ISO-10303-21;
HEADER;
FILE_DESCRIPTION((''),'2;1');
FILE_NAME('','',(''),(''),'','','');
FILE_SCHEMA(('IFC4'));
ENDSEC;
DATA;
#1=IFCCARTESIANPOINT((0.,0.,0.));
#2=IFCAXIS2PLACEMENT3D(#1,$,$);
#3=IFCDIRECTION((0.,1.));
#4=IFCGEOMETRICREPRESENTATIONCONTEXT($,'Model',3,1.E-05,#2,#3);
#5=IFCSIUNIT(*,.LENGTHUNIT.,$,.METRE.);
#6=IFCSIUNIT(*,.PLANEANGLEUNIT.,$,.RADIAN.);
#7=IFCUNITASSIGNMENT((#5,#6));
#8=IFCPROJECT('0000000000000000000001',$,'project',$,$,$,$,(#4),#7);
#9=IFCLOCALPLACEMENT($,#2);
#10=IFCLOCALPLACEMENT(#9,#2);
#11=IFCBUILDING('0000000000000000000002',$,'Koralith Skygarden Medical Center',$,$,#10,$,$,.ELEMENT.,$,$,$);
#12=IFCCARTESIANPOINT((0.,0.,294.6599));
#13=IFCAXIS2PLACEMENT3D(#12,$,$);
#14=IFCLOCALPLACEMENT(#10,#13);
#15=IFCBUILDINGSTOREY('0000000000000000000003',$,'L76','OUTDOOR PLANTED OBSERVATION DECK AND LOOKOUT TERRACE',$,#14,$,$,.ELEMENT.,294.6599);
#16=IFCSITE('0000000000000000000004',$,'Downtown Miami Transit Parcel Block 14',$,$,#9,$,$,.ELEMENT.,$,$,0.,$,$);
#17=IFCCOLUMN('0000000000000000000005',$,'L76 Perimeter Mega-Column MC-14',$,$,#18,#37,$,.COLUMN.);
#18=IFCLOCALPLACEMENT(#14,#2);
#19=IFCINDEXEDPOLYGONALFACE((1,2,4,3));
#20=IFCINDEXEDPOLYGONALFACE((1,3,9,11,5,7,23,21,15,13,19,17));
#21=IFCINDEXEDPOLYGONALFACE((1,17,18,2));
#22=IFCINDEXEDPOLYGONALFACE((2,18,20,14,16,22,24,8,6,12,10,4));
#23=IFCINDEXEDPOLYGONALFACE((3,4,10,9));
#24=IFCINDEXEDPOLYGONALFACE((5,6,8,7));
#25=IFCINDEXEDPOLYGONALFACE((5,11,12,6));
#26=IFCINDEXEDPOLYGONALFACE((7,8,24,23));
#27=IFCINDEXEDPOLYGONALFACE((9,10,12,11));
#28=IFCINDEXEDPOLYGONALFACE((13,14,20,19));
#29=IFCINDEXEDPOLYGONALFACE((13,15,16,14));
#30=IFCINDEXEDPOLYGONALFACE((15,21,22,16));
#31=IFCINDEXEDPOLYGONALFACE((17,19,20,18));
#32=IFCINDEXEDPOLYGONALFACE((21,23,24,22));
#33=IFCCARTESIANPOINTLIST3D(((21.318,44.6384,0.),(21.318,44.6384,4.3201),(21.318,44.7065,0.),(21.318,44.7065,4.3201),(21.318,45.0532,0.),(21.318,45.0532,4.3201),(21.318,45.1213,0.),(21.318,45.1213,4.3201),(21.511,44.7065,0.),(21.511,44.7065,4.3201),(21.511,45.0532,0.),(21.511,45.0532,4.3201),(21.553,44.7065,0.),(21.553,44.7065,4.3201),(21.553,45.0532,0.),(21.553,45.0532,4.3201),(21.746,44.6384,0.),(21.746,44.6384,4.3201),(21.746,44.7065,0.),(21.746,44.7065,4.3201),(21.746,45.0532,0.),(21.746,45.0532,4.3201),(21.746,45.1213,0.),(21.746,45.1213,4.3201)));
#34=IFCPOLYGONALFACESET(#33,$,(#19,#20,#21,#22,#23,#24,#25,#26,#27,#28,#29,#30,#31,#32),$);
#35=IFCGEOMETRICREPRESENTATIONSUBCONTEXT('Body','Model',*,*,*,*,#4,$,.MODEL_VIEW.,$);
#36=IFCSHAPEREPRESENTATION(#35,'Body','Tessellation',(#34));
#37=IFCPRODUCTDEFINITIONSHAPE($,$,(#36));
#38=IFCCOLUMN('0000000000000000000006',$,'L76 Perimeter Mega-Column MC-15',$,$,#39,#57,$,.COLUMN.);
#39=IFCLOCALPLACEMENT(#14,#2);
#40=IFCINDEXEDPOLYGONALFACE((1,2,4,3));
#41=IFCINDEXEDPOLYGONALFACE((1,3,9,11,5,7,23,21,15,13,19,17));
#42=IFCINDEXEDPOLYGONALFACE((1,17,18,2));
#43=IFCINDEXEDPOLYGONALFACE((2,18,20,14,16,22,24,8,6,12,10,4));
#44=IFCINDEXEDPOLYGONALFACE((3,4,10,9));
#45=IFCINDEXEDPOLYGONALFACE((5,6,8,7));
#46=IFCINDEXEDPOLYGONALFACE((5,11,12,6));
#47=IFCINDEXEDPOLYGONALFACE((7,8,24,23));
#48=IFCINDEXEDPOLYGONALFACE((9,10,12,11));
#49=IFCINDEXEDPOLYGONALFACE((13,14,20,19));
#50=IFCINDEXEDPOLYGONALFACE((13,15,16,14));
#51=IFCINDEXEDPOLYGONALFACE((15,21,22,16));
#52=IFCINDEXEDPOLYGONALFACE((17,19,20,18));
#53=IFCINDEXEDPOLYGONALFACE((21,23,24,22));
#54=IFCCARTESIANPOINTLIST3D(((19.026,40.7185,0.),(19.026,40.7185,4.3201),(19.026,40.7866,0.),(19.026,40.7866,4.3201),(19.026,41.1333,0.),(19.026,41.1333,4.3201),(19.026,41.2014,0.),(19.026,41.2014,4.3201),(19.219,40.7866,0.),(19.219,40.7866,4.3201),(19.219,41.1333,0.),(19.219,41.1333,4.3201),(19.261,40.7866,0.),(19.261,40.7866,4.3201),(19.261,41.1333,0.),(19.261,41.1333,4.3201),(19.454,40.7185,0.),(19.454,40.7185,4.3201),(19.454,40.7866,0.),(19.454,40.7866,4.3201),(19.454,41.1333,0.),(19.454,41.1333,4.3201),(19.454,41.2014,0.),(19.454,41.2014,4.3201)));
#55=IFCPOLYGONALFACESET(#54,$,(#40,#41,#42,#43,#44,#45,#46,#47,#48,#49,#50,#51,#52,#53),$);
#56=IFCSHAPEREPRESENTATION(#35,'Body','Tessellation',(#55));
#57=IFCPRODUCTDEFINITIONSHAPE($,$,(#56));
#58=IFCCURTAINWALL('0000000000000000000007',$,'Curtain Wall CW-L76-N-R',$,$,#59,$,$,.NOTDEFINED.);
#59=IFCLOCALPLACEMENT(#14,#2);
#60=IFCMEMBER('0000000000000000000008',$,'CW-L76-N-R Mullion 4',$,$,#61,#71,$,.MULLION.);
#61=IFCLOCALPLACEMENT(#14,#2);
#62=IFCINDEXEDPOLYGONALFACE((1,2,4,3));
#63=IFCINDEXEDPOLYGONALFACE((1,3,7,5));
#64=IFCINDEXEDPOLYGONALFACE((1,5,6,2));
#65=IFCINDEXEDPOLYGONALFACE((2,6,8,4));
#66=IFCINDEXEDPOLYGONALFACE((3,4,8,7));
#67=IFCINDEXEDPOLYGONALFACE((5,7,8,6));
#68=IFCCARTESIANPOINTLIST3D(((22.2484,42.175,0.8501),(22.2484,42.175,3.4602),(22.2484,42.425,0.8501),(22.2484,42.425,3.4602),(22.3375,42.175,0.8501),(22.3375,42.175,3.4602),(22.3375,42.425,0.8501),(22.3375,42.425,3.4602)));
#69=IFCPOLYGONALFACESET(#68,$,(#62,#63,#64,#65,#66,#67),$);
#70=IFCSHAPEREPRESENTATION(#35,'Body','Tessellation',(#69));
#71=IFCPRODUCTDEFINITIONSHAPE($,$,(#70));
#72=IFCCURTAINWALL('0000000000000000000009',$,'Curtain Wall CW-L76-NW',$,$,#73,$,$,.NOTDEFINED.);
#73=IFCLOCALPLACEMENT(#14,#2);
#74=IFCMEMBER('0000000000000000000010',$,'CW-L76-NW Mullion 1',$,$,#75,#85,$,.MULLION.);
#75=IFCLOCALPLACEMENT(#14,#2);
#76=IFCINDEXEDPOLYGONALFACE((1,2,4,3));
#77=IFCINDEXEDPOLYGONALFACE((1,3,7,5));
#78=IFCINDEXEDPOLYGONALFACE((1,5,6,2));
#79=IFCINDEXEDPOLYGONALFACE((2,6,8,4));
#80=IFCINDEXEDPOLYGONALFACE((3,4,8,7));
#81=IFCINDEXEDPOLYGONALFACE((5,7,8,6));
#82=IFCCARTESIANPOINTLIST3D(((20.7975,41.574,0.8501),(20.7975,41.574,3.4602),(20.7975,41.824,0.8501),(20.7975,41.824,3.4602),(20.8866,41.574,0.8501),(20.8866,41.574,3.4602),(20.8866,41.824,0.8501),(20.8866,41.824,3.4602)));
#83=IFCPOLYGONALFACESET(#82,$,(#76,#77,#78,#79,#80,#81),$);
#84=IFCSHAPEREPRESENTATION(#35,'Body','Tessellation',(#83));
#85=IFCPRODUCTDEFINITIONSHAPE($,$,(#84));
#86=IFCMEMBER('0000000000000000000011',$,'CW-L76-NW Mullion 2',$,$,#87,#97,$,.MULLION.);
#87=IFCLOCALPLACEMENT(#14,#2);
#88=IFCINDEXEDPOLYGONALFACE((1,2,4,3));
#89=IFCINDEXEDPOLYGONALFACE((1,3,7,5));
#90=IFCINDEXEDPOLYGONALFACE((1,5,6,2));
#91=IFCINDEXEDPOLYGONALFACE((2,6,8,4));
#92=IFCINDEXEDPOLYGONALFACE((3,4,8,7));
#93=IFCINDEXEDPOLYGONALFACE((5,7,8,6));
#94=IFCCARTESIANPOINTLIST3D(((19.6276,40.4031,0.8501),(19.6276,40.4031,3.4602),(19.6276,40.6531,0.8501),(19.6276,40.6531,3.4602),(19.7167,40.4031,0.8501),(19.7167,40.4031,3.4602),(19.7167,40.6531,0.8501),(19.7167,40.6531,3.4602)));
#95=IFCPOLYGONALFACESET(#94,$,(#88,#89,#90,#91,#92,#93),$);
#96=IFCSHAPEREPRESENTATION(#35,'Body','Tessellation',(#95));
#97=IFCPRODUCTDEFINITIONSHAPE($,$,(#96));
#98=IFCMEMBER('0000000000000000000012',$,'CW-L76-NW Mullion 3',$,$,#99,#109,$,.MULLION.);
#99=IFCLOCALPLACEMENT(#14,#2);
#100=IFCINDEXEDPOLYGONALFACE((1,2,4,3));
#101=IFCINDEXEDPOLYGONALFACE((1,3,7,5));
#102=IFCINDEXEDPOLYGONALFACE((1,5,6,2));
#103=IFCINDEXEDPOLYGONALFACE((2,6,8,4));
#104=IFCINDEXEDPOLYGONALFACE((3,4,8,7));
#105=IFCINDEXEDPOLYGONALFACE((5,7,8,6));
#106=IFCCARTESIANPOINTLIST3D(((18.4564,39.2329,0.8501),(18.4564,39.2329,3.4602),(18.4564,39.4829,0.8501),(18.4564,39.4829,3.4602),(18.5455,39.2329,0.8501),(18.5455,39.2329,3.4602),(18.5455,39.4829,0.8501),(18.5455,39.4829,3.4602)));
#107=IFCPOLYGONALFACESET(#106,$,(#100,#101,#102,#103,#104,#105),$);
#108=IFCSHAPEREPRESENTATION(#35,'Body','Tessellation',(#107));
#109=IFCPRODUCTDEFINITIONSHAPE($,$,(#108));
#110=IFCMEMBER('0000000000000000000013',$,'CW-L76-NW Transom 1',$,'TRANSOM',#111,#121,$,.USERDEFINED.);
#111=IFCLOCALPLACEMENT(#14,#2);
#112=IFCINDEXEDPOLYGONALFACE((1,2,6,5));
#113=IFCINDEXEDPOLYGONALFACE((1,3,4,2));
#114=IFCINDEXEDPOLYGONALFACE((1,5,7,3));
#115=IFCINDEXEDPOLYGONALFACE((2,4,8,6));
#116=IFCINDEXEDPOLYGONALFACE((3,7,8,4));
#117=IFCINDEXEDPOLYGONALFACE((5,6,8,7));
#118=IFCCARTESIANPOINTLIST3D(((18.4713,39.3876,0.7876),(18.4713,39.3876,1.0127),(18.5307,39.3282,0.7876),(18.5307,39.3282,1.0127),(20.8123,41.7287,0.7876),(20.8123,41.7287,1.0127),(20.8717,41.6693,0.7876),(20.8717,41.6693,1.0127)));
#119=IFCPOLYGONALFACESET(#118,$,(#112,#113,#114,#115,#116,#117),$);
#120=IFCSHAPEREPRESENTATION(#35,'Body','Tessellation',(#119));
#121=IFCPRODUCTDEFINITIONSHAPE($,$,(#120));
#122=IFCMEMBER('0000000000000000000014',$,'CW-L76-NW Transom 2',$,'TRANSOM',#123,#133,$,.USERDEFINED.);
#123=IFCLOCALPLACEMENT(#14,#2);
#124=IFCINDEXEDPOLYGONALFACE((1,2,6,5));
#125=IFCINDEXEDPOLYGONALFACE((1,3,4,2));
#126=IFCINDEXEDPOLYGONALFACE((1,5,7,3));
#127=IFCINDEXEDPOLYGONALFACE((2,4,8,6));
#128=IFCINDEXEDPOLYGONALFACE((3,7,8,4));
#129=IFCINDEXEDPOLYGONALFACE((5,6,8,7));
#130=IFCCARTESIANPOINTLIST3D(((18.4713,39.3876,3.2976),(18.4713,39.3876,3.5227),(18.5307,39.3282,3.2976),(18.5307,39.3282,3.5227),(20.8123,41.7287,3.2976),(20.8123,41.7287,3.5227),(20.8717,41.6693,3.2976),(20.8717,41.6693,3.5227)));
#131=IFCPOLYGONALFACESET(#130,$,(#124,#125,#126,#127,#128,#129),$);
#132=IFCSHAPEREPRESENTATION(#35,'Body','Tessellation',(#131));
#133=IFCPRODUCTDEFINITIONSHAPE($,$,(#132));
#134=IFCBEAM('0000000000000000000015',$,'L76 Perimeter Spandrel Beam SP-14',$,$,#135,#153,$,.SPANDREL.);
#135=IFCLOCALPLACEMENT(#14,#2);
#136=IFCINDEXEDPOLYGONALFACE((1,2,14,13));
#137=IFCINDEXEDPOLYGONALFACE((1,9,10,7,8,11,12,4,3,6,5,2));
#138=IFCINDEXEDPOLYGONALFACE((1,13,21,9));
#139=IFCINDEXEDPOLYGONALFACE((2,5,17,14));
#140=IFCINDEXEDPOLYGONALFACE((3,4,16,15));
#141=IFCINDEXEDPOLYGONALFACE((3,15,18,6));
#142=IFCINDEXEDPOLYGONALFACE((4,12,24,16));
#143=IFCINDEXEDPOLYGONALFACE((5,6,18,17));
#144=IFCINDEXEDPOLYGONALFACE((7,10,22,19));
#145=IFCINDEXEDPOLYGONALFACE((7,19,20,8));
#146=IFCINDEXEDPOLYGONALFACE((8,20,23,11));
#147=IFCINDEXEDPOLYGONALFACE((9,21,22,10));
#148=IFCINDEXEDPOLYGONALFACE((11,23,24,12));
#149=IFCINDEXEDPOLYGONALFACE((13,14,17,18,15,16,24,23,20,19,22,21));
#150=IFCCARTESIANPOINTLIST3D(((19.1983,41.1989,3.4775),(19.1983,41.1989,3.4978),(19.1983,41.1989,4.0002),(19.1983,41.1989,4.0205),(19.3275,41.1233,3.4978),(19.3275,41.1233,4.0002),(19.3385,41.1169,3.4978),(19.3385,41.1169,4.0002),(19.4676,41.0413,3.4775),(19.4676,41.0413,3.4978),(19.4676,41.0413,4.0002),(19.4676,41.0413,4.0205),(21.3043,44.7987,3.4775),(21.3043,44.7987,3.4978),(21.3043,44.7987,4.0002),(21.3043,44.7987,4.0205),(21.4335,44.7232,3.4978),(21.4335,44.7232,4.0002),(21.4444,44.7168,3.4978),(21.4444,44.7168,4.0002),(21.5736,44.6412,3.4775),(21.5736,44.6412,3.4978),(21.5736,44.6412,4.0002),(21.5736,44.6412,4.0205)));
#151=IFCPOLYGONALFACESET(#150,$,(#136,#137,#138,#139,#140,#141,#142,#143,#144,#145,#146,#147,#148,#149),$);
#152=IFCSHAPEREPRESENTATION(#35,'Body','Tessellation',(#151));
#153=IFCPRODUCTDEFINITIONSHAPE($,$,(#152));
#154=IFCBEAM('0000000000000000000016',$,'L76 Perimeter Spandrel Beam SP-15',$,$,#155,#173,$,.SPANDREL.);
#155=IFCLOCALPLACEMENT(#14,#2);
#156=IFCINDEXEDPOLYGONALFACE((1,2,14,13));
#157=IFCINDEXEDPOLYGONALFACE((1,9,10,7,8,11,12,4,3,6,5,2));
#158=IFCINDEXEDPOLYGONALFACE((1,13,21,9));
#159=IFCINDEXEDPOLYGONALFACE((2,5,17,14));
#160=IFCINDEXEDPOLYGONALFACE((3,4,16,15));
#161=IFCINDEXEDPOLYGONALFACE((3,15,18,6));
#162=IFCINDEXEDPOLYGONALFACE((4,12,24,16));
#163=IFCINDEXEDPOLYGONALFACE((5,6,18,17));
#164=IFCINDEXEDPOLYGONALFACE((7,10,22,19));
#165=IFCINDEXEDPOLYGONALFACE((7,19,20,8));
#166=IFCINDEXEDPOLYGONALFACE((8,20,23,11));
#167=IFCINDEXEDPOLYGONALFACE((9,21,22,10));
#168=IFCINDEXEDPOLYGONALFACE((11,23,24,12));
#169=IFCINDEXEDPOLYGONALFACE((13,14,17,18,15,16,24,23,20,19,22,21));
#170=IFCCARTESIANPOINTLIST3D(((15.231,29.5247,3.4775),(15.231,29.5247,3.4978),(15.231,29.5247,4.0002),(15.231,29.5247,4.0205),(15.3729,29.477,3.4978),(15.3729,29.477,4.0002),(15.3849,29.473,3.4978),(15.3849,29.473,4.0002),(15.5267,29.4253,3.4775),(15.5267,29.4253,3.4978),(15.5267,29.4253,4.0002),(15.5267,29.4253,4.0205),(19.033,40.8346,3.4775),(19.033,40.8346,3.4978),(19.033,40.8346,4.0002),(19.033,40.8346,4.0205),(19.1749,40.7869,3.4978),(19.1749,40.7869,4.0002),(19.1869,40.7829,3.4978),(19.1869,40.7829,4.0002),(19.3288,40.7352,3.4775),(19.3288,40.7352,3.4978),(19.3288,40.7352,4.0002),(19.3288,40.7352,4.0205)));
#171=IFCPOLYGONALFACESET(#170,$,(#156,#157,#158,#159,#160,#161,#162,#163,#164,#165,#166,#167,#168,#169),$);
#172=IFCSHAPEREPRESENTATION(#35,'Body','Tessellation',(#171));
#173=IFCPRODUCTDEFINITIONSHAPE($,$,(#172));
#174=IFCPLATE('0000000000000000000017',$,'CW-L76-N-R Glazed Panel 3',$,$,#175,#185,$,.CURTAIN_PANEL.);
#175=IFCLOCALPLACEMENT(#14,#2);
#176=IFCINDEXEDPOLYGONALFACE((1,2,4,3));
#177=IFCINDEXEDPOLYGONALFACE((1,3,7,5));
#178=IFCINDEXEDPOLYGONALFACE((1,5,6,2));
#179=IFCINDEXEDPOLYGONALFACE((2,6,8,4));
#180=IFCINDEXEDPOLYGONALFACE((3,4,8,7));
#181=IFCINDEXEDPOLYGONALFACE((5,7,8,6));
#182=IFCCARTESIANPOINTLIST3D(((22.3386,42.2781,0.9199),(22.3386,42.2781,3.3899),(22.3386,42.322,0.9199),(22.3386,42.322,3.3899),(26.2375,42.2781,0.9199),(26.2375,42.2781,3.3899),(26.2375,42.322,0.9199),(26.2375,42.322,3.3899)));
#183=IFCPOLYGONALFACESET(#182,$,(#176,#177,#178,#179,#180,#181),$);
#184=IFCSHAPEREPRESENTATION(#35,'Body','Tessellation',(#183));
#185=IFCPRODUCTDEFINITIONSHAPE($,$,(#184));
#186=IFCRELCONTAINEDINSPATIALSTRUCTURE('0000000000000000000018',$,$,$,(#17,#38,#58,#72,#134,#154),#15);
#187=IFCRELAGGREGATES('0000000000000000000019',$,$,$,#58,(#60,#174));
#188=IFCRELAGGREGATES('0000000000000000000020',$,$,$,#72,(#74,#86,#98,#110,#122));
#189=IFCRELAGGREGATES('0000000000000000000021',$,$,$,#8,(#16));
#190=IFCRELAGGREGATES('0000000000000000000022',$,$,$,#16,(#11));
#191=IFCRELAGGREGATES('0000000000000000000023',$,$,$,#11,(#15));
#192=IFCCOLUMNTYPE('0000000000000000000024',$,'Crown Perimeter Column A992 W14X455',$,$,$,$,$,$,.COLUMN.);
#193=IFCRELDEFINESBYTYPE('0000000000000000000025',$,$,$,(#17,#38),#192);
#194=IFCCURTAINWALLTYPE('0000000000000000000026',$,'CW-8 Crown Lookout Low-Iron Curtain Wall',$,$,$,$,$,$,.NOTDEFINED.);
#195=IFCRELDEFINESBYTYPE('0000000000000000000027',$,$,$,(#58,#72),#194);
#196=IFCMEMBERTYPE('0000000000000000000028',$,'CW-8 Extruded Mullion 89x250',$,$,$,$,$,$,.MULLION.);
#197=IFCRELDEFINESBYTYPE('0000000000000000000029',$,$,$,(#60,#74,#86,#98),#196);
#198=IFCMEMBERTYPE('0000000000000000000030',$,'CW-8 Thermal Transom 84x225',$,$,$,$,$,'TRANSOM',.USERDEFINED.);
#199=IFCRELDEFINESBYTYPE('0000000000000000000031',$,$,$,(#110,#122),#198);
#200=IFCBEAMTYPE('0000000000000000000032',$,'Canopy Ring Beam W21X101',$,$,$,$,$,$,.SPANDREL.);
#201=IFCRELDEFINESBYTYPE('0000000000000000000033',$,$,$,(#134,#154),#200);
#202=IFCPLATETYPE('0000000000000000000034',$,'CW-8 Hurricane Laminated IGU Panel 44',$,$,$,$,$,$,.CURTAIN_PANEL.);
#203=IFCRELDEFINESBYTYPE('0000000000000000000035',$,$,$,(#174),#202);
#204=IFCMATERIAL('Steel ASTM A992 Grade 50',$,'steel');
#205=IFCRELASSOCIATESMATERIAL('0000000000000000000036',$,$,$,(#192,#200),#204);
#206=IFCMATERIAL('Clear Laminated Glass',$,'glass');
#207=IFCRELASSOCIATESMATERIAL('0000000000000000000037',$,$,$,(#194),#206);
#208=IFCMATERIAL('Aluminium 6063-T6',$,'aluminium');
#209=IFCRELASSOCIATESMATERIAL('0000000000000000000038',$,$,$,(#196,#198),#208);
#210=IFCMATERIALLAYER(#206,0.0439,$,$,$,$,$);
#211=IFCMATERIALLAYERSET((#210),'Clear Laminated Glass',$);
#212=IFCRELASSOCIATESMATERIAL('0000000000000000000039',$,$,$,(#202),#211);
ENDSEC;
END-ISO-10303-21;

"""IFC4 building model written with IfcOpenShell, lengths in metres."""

from ifc_helpers import new_model, si_unit, direction, frame, origin, origin_2d, place, context, subcontext, project, spatial, rectangle, i_section, extrude, material, layer, layer_set, material_profile, profile_set, type_object, element, aggregate, save


model = new_model("IFC4")

# Units and contexts
model_context = context("Model", 3, precision=1e-05, world=origin(), true_north=direction((0.0, 1.0)))
body_context = subcontext(model_context, "Body", "Model", "MODEL_VIEW")
ifc_project = project(units=[si_unit("LENGTHUNIT", "METRE"), si_unit("PLANEANGLEUNIT", "RADIAN")], contexts=[model_context])

# Site, building, storey
site_placement = place(None, origin())
site = spatial("IfcSite", under=ifc_project, at=site_placement, Name="Downtown Miami Transit Parcel Block 14", CompositionType="ELEMENT", RefElevation=0.0)
building_placement = place(site_placement, origin())
building = spatial("IfcBuilding", under=site, at=building_placement, Name="Koralith Skygarden Medical Center", CompositionType="ELEMENT")
storey_placement = place(building_placement, frame((0.0, 0.0, 294.6599)))
storey = spatial("IfcBuildingStorey", under=building, at=storey_placement, Name="L76", Description="OUTDOOR PLANTED OBSERVATION DECK AND LOOKOUT TERRACE", CompositionType="ELEMENT", Elevation=294.6599)

# Columns
ifc_material_1 = material(Name="Steel ASTM A992 Grade 50", Category="steel")
ifc_material_profile_1 = material_profile(ifc_material_1, i_section(OverallWidth=0.428, OverallDepth=0.4829, WebThickness=0.042, FlangeThickness=0.0681, at=origin_2d()), Name="W14X455")
ifc_profile_set_1 = profile_set([ifc_material_profile_1], Name="Steel ASTM A992 Grade 50")
column_type = type_object("IfcColumnType", Name="Crown Perimeter Column A992 W14X455", PredefinedType="COLUMN", material=ifc_profile_set_1)
for number, where, z_axis, x_axis, name in (
    (1, (21.532, 44.8799, 0.0), (0.0, 0.0, 1.0), (1.0, 0.0, 0.0), "L76 Perimeter Mega-Column MC-14"),
    (2, (19.24, 40.96, 0.0), (0.0, 0.0, 1.0), (1.0, 0.0, 0.0), "L76 Perimeter Mega-Column MC-15"),
):
    element("IfcColumn", number, at=place(storey_placement, frame(where, z_axis=z_axis, x_axis=x_axis)), inside=storey, type_object=column_type, Name=name, PredefinedType="COLUMN", context=body_context, shape_type="SweptSolid", body=[
        extrude(i_section(OverallWidth=0.428, OverallDepth=0.4829, WebThickness=0.042, FlangeThickness=0.0681, at=origin_2d()), origin(), (0.0, 0.0, 1.0), 4.3201),
    ])

# Curtain wall, member
ifc_material_2 = material(Name="Clear Laminated Glass", Category="glass")
curtain_wall_type = type_object("IfcCurtainWallType", Name="CW-8 Crown Lookout Low-Iron Curtain Wall", PredefinedType="NOTDEFINED", material=ifc_material_2)
curtain_wall_1_placement = place(storey_placement, origin())
curtain_wall_1 = element("IfcCurtainWall", 3, at=curtain_wall_1_placement, inside=storey, type_object=curtain_wall_type, Name="Curtain Wall CW-L76-N-R", PredefinedType="NOTDEFINED")
ifc_material_3 = material(Name="Aluminium 6063-T6", Category="aluminium")
ifc_material_profile_2 = material_profile(ifc_material_3, rectangle(XDim=0.0891, YDim=0.25, at=origin_2d()), Name="MUL89X250")
ifc_profile_set_2 = profile_set([ifc_material_profile_2], Name="Aluminium 6063-T6")
member_type_1 = type_object("IfcMemberType", Name="CW-8 Extruded Mullion 89x250", PredefinedType="MULLION", material=ifc_profile_set_2)
member_1_placement = place(storey_placement, frame((22.293, 42.3, 0.8501), z_axis=(0.0, 0.0, 1.0), x_axis=(1.0, 0.0, 0.0)))
member_1 = element("IfcMember", 4, at=member_1_placement, type_object=member_type_1, Name="CW-L76-N-R Mullion 4", PredefinedType="MULLION", context=body_context, shape_type="SweptSolid", body=[
    extrude(rectangle(XDim=0.0891, YDim=0.25, at=origin_2d()), origin(), (0.0, 0.0, 1.0), 2.6101),
])

# Curtain wall, members
curtain_wall_2_placement = place(storey_placement, origin())
curtain_wall_2 = element("IfcCurtainWall", 5, at=curtain_wall_2_placement, inside=storey, type_object=curtain_wall_type, Name="Curtain Wall CW-L76-NW", PredefinedType="NOTDEFINED")
member_2_placement = place(storey_placement, frame((20.842, 41.699, 0.8501), z_axis=(0.0, 0.0, 1.0), x_axis=(1.0, 0.0, 0.0)))
member_2 = element("IfcMember", 6, at=member_2_placement, type_object=member_type_1, Name="CW-L76-NW Mullion 1", PredefinedType="MULLION", context=body_context, shape_type="SweptSolid", body=[
    extrude(rectangle(XDim=0.0891, YDim=0.25, at=origin_2d()), origin(), (0.0, 0.0, 1.0), 2.6101),
])
member_3_placement = place(storey_placement, frame((19.6721, 40.5281, 0.8501), z_axis=(0.0, 0.0, 1.0), x_axis=(1.0, 0.0, 0.0)))
member_3 = element("IfcMember", 7, at=member_3_placement, type_object=member_type_1, Name="CW-L76-NW Mullion 2", PredefinedType="MULLION", context=body_context, shape_type="SweptSolid", body=[
    extrude(rectangle(XDim=0.0891, YDim=0.25, at=origin_2d()), origin(), (0.0, 0.0, 1.0), 2.6101),
])
member_4_placement = place(storey_placement, frame((18.501, 39.3579, 0.8501), z_axis=(0.0, 0.0, 1.0), x_axis=(1.0, 0.0, 0.0)))
member_4 = element("IfcMember", 8, at=member_4_placement, type_object=member_type_1, Name="CW-L76-NW Mullion 3", PredefinedType="MULLION", context=body_context, shape_type="SweptSolid", body=[
    extrude(rectangle(XDim=0.0891, YDim=0.25, at=origin_2d()), origin(), (0.0, 0.0, 1.0), 2.6101),
])
ifc_material_profile_3 = material_profile(ifc_material_3, rectangle(XDim=0.084, YDim=0.2251, at=origin_2d()), Name="TRN84X225")
ifc_profile_set_3 = profile_set([ifc_material_profile_3], Name="Aluminium 6063-T6")
member_type_2 = type_object("IfcMemberType", Name="CW-8 Thermal Transom 84x225", ElementType="TRANSOM", PredefinedType="USERDEFINED", material=ifc_profile_set_3)
member_5_placement = place(storey_placement, frame((20.842, 41.699, 0.9001), z_axis=(-0.707107, -0.707107, 0.0), x_axis=(0.707107, -0.707107, 0.0)))
member_5 = element("IfcMember", 9, at=member_5_placement, type_object=member_type_2, Name="CW-L76-NW Transom 1", ObjectType="TRANSOM", PredefinedType="USERDEFINED", context=body_context, shape_type="SweptSolid", body=[
    extrude(rectangle(XDim=0.084, YDim=0.2251, at=origin_2d()), origin(), (0.0, 0.0, 1.0), 3.3108),
])
member_6_placement = place(storey_placement, frame((20.842, 41.699, 3.4102), z_axis=(-0.707107, -0.707107, 0.0), x_axis=(0.707107, -0.707107, 0.0)))
member_6 = element("IfcMember", 10, at=member_6_placement, type_object=member_type_2, Name="CW-L76-NW Transom 2", ObjectType="TRANSOM", PredefinedType="USERDEFINED", context=body_context, shape_type="SweptSolid", body=[
    extrude(rectangle(XDim=0.084, YDim=0.2251, at=origin_2d()), origin(), (0.0, 0.0, 1.0), 3.3108),
])

# Beams
ifc_material_profile_4 = material_profile(ifc_material_1, i_section(OverallWidth=0.312, OverallDepth=0.543, WebThickness=0.0127, FlangeThickness=0.0203, at=origin_2d()), Name="W21X101")
ifc_profile_set_4 = profile_set([ifc_material_profile_4], Name="Steel ASTM A992 Grade 50")
beam_type = type_object("IfcBeamType", Name="Canopy Ring Beam W21X101", PredefinedType="SPANDREL", material=ifc_profile_set_4)
beam_1_placement = place(storey_placement, frame((21.439, 44.72, 3.749), z_axis=(-0.504952, -0.863148, 0.0), x_axis=(0.863148, -0.504952, 0.0)))
element("IfcBeam", 11, at=beam_1_placement, inside=storey, type_object=beam_type, Name="L76 Perimeter Spandrel Beam SP-14", PredefinedType="SPANDREL", context=body_context, shape_type="SweptSolid", body=[
    extrude(i_section(OverallWidth=0.312, OverallDepth=0.543, WebThickness=0.0127, FlangeThickness=0.0203, at=origin_2d()), origin(), (0.0, 0.0, 1.0), 4.1707),
])
beam_2_placement = place(storey_placement, frame((19.1809, 40.7849, 3.749), z_axis=(-0.318645, -0.947874, 0.0), x_axis=(0.947874, -0.318645, 0.0)))
element("IfcBeam", 12, at=beam_2_placement, inside=storey, type_object=beam_type, Name="L76 Perimeter Spandrel Beam SP-15", PredefinedType="SPANDREL", context=body_context, shape_type="SweptSolid", body=[
    extrude(i_section(OverallWidth=0.312, OverallDepth=0.543, WebThickness=0.0127, FlangeThickness=0.0203, at=origin_2d()), origin(), (0.0, 0.0, 1.0), 11.9319),
])

# Plate
ifc_layer_1 = layer(ifc_material_2, 0.0439)
ifc_layer_set_1 = layer_set([ifc_layer_1], Name="Clear Laminated Glass")
plate_type_1 = type_object("IfcPlateType", Name="CW-8 Hurricane Laminated IGU Panel 44", PredefinedType="CURTAIN_PANEL", material=ifc_layer_set_1)
plate_1_placement = place(storey_placement, frame((24.2881, 42.3, 0.9199), z_axis=(0.0, 0.0, 1.0), x_axis=(-1.0, 0.0, 0.0)))
plate_1 = element("IfcPlate", 13, at=plate_1_placement, type_object=plate_type_1, Name="CW-L76-N-R Glazed Panel 3", PredefinedType="CURTAIN_PANEL", context=body_context, shape_type="SweptSolid", body=[
    extrude(rectangle(XDim=3.8989, YDim=0.0439, at=origin_2d()), origin(), (0.0, 0.0, 1.0), 2.47),
])
aggregate(curtain_wall_1, [member_1, plate_1])
aggregate(curtain_wall_2, [member_2, member_3, member_4, member_5, member_6])

save(model, "model.ifc")
